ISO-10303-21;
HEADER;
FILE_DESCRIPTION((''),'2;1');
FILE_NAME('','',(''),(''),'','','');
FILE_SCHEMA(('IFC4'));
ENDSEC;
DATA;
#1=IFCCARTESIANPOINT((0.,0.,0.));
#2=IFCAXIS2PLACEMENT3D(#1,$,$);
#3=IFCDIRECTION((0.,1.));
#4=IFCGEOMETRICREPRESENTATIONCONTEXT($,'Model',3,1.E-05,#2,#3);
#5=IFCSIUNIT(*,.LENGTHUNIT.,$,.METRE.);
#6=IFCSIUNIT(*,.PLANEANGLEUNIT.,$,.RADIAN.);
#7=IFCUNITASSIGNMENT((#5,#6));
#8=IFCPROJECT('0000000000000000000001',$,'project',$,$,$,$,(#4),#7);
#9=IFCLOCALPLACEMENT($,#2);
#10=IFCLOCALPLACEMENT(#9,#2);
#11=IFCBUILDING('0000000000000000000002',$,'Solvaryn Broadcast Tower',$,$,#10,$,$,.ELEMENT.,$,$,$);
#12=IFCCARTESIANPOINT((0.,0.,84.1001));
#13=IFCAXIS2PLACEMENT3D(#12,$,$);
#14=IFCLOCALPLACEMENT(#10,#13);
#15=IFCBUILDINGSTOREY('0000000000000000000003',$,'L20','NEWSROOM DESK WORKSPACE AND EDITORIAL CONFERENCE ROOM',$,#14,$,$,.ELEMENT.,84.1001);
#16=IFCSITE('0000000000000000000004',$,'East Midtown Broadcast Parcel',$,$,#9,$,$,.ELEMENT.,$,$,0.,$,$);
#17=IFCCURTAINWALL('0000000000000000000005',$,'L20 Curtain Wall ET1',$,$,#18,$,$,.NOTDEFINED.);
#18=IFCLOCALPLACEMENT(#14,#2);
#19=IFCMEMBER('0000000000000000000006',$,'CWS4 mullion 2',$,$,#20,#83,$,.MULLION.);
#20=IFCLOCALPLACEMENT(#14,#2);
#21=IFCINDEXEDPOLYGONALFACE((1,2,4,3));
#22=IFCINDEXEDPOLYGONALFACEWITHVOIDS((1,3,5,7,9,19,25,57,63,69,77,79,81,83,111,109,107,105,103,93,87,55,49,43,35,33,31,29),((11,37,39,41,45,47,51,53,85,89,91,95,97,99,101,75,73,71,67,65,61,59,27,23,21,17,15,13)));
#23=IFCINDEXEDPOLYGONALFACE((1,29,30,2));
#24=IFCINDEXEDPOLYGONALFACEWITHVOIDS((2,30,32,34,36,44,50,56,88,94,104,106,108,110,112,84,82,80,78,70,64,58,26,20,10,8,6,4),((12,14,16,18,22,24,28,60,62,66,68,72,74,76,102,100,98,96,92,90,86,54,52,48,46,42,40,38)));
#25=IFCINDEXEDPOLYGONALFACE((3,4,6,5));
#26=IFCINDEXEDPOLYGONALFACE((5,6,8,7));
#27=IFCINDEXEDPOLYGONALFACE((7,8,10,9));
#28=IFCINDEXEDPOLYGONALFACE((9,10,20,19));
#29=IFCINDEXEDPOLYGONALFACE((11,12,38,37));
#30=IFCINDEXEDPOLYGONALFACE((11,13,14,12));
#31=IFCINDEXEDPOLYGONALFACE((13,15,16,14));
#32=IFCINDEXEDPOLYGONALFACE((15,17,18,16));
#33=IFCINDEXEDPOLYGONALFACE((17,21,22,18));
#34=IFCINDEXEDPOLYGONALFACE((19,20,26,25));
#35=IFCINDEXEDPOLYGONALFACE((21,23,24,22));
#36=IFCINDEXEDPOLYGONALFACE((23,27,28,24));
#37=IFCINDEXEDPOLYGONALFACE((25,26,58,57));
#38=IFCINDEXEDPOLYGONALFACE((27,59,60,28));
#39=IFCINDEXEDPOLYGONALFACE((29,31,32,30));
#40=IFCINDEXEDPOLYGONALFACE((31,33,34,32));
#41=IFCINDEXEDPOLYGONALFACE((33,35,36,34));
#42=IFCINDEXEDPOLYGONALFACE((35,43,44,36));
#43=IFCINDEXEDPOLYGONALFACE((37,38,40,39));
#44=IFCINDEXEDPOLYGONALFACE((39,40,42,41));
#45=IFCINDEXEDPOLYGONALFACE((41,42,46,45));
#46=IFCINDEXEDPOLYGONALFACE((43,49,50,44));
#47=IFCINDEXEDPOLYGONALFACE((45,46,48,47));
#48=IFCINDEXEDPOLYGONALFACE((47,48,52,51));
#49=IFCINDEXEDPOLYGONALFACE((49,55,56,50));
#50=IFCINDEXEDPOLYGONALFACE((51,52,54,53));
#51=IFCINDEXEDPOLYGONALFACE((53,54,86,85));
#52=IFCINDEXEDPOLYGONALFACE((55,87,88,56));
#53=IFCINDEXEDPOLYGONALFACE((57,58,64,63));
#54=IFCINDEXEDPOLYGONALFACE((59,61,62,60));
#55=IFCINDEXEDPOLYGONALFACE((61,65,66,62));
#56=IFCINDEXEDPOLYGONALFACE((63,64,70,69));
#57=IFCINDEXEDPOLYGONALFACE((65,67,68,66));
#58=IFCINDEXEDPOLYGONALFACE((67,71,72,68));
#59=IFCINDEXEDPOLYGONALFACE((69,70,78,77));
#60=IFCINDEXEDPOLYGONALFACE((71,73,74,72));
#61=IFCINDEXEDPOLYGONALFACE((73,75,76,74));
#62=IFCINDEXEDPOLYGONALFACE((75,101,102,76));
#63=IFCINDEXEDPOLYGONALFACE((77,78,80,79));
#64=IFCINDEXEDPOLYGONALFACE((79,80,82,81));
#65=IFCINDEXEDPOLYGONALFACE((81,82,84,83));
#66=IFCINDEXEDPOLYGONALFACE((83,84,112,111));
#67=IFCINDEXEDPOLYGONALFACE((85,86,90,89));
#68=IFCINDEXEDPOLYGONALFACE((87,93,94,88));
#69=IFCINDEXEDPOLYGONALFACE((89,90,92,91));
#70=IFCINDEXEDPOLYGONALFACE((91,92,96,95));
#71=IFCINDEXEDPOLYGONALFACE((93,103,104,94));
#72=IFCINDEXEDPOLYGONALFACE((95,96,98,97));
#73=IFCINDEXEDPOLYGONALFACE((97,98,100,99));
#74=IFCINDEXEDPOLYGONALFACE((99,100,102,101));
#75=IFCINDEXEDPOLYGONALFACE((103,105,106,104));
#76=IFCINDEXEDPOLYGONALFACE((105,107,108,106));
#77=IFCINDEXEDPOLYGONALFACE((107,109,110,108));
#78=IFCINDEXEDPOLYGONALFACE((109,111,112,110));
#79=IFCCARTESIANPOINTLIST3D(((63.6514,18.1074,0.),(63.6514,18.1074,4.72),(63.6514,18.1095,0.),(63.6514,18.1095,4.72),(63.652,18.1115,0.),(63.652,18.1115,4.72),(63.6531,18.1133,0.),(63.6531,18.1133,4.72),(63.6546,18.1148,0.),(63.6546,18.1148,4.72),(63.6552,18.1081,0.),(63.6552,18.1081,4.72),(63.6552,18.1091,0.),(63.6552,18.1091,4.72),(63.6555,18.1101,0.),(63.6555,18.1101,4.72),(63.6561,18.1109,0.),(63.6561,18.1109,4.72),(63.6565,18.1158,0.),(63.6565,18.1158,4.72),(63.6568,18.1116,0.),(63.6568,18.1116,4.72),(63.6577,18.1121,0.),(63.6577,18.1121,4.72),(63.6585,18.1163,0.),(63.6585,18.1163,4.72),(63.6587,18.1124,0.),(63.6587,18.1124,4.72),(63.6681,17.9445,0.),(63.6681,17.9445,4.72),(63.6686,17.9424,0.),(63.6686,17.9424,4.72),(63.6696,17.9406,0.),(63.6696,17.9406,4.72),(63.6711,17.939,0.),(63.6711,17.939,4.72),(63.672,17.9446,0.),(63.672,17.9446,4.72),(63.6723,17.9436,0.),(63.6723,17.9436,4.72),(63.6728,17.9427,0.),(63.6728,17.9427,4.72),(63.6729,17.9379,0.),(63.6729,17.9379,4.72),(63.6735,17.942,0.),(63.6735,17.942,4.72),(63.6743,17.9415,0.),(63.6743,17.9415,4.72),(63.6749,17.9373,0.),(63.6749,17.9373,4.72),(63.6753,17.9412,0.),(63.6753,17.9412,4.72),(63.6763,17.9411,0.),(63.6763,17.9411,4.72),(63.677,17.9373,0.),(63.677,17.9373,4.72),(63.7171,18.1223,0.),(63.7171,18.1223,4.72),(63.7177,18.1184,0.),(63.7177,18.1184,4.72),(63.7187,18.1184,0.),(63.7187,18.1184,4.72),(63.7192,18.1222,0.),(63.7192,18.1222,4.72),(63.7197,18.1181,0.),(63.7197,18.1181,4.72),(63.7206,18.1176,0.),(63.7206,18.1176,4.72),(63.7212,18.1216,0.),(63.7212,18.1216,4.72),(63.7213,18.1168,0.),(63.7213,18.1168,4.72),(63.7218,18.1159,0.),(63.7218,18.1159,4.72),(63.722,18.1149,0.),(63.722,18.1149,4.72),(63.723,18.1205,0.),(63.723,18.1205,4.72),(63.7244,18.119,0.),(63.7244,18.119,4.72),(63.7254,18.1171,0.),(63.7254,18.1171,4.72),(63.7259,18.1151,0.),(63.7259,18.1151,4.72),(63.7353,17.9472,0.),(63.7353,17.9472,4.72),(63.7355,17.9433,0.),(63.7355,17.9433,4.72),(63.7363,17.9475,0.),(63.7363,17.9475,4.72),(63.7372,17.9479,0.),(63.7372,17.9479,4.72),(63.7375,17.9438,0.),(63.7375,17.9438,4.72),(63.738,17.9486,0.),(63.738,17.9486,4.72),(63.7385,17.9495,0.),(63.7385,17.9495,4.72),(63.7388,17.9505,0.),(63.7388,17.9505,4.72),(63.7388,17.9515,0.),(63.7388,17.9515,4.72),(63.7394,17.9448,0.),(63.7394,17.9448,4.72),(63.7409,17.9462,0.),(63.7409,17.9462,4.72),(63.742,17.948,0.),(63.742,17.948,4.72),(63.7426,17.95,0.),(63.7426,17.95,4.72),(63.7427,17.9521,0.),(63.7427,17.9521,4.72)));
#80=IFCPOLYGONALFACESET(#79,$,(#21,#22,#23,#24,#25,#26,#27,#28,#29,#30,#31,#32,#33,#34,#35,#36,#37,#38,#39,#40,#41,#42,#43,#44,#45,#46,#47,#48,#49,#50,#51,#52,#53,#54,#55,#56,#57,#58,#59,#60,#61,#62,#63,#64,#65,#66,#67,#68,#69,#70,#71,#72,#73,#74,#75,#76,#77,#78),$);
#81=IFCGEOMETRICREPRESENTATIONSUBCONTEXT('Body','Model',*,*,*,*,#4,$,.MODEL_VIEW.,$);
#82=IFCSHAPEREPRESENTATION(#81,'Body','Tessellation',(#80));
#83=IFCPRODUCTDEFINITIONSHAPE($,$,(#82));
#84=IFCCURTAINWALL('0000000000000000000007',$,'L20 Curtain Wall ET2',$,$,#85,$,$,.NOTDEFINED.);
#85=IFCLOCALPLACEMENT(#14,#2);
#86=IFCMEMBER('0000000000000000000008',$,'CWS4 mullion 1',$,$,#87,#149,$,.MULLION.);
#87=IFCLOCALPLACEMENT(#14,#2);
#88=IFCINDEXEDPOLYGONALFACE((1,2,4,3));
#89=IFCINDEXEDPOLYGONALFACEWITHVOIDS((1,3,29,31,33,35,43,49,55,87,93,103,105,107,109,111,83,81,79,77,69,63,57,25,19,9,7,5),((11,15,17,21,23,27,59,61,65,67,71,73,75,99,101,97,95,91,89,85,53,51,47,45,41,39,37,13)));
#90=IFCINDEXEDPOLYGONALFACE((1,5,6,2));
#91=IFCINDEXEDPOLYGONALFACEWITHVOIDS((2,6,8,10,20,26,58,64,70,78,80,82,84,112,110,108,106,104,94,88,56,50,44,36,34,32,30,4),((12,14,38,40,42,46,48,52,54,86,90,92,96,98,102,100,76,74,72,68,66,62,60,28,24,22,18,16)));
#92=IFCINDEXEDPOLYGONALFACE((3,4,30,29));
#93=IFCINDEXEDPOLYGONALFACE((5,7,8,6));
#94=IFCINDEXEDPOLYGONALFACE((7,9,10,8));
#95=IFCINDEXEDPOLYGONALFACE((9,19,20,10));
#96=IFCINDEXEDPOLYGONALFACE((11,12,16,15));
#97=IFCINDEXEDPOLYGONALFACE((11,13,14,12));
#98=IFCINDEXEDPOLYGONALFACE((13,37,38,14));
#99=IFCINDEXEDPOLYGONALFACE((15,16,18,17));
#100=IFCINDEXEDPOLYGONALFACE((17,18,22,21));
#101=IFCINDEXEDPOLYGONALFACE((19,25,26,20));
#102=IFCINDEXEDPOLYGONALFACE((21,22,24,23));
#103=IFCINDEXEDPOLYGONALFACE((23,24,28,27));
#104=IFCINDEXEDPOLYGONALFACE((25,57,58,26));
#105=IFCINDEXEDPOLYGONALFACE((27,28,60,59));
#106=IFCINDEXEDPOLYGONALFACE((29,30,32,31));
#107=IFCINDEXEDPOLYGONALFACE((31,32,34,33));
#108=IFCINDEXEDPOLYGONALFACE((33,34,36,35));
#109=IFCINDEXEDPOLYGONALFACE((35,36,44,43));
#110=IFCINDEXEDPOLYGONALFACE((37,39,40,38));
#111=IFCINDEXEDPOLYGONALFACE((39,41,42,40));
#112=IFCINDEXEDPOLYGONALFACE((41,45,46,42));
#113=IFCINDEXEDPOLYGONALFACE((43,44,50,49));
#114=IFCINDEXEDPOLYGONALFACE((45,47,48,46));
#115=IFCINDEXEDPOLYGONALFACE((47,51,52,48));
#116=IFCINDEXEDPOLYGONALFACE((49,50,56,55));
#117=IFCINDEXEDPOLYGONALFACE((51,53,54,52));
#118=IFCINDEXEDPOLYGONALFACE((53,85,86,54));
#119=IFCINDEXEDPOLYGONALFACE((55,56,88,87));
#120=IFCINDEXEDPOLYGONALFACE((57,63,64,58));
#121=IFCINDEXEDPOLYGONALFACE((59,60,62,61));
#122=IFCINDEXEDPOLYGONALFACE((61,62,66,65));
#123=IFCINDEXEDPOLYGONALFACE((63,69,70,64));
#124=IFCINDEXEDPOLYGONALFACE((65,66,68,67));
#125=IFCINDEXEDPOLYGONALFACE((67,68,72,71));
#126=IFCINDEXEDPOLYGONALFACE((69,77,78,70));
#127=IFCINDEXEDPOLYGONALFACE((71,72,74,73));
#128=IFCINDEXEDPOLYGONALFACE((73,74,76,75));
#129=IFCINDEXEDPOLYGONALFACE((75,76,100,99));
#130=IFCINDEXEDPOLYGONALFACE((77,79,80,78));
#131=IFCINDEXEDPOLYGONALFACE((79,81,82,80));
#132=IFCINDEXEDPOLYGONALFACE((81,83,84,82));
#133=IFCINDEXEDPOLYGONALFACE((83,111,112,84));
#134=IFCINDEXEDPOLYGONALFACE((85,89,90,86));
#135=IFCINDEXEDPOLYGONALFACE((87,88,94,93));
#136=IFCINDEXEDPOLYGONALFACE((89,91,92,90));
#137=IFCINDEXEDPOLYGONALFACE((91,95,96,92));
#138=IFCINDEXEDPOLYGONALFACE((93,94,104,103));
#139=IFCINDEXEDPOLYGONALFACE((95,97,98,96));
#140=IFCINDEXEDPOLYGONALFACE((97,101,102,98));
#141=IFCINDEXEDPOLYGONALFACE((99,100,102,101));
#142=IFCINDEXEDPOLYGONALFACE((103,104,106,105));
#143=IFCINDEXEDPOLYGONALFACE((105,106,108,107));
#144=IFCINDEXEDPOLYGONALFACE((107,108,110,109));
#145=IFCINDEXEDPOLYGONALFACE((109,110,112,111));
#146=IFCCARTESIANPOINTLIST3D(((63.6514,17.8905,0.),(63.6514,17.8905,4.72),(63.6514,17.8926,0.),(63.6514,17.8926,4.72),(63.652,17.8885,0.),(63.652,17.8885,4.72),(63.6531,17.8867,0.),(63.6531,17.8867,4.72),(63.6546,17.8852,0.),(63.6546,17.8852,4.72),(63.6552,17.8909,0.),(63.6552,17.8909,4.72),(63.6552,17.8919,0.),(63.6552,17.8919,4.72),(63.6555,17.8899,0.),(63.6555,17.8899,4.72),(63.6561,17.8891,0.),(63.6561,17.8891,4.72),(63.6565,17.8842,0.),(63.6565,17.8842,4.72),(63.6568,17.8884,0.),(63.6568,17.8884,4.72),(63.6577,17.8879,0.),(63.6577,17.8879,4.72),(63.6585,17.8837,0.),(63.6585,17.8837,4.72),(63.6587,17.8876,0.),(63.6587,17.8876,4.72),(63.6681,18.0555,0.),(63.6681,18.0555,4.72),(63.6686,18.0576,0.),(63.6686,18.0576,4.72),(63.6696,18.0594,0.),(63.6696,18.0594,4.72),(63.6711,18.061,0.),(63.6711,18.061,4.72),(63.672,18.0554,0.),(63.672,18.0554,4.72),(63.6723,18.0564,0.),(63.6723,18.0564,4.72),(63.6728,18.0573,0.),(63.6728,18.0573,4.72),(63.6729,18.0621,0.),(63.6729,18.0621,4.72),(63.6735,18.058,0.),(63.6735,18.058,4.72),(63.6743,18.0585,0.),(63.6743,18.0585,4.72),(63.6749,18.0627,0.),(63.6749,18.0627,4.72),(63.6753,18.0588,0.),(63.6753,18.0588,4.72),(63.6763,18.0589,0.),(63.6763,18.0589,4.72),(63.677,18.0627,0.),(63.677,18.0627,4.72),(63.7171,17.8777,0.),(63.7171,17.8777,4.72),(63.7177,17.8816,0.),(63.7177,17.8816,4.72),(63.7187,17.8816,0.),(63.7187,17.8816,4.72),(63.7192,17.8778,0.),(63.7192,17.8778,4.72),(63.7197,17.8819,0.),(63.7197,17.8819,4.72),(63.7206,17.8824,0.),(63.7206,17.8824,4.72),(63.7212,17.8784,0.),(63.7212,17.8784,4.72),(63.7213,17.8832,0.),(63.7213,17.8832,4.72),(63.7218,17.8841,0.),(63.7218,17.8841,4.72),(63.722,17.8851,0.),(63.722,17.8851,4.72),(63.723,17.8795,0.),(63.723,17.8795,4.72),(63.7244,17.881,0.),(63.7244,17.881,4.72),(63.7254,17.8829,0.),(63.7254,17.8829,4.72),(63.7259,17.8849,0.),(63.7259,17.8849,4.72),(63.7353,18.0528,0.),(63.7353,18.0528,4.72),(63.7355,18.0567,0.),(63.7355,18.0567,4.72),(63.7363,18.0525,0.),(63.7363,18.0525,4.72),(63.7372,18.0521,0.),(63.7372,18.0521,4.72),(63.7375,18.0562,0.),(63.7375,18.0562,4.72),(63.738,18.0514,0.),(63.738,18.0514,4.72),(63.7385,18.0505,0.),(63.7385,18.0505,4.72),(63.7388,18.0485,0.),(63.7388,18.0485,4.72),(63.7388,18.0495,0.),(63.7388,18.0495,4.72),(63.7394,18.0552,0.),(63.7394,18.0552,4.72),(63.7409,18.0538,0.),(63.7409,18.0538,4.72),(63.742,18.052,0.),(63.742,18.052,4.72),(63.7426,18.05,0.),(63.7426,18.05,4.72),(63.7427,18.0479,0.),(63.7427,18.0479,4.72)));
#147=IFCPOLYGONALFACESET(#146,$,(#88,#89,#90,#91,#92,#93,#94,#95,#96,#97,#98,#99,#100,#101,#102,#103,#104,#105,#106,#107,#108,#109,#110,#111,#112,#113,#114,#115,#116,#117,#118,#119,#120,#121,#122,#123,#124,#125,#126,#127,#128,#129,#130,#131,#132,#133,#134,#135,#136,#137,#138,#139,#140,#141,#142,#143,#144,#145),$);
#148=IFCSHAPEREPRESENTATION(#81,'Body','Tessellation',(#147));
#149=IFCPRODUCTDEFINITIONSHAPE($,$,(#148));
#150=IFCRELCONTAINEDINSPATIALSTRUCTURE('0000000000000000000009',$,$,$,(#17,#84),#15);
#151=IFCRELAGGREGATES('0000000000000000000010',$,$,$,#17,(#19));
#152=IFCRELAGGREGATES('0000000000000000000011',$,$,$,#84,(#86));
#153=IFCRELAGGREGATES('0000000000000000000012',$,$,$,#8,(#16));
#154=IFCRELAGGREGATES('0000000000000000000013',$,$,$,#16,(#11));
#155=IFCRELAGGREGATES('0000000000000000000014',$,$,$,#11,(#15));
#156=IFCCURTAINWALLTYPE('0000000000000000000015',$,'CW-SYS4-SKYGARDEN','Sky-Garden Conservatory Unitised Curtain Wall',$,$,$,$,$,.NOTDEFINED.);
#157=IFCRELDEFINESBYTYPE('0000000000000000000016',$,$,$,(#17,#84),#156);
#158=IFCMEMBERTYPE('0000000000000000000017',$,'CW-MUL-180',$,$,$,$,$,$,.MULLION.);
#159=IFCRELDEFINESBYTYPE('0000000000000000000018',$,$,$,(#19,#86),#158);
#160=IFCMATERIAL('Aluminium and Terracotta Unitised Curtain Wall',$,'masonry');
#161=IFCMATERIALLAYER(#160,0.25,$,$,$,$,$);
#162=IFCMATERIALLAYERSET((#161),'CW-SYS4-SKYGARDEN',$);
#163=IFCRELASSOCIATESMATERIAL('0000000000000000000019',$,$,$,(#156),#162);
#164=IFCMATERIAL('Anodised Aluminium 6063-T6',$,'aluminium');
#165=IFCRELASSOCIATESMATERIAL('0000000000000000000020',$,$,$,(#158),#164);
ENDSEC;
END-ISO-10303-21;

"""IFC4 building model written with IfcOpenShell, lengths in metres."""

from ifc_helpers import new_model, si_unit, direction, frame, origin, origin_2d, place, context, subcontext, project, spatial, hollow_rectangle, extrude, material, layer, layer_set, material_profile, profile_set, type_object, element, aggregate, save


model = new_model("IFC4")

# Units and contexts
model_context = context("Model", 3, precision=1e-05, world=origin(), true_north=direction((0.0, 1.0)))
body_context = subcontext(model_context, "Body", "Model", "MODEL_VIEW")
ifc_project = project(units=[si_unit("LENGTHUNIT", "METRE"), si_unit("PLANEANGLEUNIT", "RADIAN")], contexts=[model_context])

# Site, building, storey
site_placement = place(None, origin())
site = spatial("IfcSite", under=ifc_project, at=site_placement, Name="East Midtown Broadcast Parcel", CompositionType="ELEMENT", RefElevation=0.0)
building_placement = place(site_placement, origin())
building = spatial("IfcBuilding", under=site, at=building_placement, Name="Solvaryn Broadcast Tower", CompositionType="ELEMENT")
storey_placement = place(building_placement, frame((0.0, 0.0, 84.1001)))
storey = spatial("IfcBuildingStorey", under=building, at=storey_placement, Name="L20", Description="NEWSROOM DESK WORKSPACE AND EDITORIAL CONFERENCE ROOM", CompositionType="ELEMENT", Elevation=84.1001)

# Curtain wall, member
ifc_material_1 = material(Name="Aluminium and Terracotta Unitised Curtain Wall", Category="masonry")
ifc_layer_1 = layer(ifc_material_1, 0.25)
ifc_layer_set_1 = layer_set([ifc_layer_1], Name="CW-SYS4-SKYGARDEN")
curtain_wall_type = type_object("IfcCurtainWallType", Name="CW-SYS4-SKYGARDEN", Description="Sky-Garden Conservatory Unitised Curtain Wall", PredefinedType="NOTDEFINED", material=ifc_layer_set_1)
ifc_material_2 = material(Name="Anodised Aluminium 6063-T6", Category="aluminium")
ifc_material_profile_1 = material_profile(ifc_material_2, hollow_rectangle(XDim=0.075, YDim=0.1799, WallThickness=0.0039, InnerFilletRadius=0.0039, OuterFilletRadius=0.0081, at=origin_2d()))
ifc_profile_set_1 = profile_set([ifc_material_profile_1], Name="Anodised Aluminium 6063-T6")
member_type_1 = type_object("IfcMemberType", Name="CW-MUL-180", PredefinedType="MULLION", material=ifc_profile_set_1)
curtain_wall_1_placement = place(storey_placement, origin())
curtain_wall_1 = element("IfcCurtainWall", 1, at=curtain_wall_1_placement, inside=storey, type_object=curtain_wall_type, Name="L20 Curtain Wall ET1", PredefinedType="NOTDEFINED")
member_1_placement = place(storey_placement, frame((63.697, 18.0298, 0.0), z_axis=(0.0, 0.0, 1.0), x_axis=(0.994743, 0.1024, 0.0)))
member_1 = element("IfcMember", 2, at=member_1_placement, type_object=member_type_1, Name="CWS4 mullion 2", PredefinedType="MULLION", context=body_context, shape_type="SweptSolid", body=[
    extrude(hollow_rectangle(XDim=0.075, YDim=0.1799, WallThickness=0.0039, InnerFilletRadius=0.0039, OuterFilletRadius=0.0081, at=origin_2d()), origin(), (0.0, 0.0, 1.0), 4.72),
])
aggregate(curtain_wall_1, [member_1])

# Curtain wall, member
curtain_wall_2_placement = place(storey_placement, origin())
curtain_wall_2 = element("IfcCurtainWall", 3, at=curtain_wall_2_placement, inside=storey, type_object=curtain_wall_type, Name="L20 Curtain Wall ET2", PredefinedType="NOTDEFINED")
member_2_placement = place(storey_placement, frame((63.697, 17.9702, 0.0), z_axis=(0.0, 0.0, 1.0), x_axis=(0.994743, -0.1024, 0.0)))
member_2 = element("IfcMember", 4, at=member_2_placement, type_object=member_type_1, Name="CWS4 mullion 1", PredefinedType="MULLION", context=body_context, shape_type="SweptSolid", body=[
    extrude(hollow_rectangle(XDim=0.075, YDim=0.1799, WallThickness=0.0039, InnerFilletRadius=0.0039, OuterFilletRadius=0.0081, at=origin_2d()), origin(), (0.0, 0.0, 1.0), 4.72),
])

aggregate(curtain_wall_2, [member_2])

save(model, "model.ifc")
